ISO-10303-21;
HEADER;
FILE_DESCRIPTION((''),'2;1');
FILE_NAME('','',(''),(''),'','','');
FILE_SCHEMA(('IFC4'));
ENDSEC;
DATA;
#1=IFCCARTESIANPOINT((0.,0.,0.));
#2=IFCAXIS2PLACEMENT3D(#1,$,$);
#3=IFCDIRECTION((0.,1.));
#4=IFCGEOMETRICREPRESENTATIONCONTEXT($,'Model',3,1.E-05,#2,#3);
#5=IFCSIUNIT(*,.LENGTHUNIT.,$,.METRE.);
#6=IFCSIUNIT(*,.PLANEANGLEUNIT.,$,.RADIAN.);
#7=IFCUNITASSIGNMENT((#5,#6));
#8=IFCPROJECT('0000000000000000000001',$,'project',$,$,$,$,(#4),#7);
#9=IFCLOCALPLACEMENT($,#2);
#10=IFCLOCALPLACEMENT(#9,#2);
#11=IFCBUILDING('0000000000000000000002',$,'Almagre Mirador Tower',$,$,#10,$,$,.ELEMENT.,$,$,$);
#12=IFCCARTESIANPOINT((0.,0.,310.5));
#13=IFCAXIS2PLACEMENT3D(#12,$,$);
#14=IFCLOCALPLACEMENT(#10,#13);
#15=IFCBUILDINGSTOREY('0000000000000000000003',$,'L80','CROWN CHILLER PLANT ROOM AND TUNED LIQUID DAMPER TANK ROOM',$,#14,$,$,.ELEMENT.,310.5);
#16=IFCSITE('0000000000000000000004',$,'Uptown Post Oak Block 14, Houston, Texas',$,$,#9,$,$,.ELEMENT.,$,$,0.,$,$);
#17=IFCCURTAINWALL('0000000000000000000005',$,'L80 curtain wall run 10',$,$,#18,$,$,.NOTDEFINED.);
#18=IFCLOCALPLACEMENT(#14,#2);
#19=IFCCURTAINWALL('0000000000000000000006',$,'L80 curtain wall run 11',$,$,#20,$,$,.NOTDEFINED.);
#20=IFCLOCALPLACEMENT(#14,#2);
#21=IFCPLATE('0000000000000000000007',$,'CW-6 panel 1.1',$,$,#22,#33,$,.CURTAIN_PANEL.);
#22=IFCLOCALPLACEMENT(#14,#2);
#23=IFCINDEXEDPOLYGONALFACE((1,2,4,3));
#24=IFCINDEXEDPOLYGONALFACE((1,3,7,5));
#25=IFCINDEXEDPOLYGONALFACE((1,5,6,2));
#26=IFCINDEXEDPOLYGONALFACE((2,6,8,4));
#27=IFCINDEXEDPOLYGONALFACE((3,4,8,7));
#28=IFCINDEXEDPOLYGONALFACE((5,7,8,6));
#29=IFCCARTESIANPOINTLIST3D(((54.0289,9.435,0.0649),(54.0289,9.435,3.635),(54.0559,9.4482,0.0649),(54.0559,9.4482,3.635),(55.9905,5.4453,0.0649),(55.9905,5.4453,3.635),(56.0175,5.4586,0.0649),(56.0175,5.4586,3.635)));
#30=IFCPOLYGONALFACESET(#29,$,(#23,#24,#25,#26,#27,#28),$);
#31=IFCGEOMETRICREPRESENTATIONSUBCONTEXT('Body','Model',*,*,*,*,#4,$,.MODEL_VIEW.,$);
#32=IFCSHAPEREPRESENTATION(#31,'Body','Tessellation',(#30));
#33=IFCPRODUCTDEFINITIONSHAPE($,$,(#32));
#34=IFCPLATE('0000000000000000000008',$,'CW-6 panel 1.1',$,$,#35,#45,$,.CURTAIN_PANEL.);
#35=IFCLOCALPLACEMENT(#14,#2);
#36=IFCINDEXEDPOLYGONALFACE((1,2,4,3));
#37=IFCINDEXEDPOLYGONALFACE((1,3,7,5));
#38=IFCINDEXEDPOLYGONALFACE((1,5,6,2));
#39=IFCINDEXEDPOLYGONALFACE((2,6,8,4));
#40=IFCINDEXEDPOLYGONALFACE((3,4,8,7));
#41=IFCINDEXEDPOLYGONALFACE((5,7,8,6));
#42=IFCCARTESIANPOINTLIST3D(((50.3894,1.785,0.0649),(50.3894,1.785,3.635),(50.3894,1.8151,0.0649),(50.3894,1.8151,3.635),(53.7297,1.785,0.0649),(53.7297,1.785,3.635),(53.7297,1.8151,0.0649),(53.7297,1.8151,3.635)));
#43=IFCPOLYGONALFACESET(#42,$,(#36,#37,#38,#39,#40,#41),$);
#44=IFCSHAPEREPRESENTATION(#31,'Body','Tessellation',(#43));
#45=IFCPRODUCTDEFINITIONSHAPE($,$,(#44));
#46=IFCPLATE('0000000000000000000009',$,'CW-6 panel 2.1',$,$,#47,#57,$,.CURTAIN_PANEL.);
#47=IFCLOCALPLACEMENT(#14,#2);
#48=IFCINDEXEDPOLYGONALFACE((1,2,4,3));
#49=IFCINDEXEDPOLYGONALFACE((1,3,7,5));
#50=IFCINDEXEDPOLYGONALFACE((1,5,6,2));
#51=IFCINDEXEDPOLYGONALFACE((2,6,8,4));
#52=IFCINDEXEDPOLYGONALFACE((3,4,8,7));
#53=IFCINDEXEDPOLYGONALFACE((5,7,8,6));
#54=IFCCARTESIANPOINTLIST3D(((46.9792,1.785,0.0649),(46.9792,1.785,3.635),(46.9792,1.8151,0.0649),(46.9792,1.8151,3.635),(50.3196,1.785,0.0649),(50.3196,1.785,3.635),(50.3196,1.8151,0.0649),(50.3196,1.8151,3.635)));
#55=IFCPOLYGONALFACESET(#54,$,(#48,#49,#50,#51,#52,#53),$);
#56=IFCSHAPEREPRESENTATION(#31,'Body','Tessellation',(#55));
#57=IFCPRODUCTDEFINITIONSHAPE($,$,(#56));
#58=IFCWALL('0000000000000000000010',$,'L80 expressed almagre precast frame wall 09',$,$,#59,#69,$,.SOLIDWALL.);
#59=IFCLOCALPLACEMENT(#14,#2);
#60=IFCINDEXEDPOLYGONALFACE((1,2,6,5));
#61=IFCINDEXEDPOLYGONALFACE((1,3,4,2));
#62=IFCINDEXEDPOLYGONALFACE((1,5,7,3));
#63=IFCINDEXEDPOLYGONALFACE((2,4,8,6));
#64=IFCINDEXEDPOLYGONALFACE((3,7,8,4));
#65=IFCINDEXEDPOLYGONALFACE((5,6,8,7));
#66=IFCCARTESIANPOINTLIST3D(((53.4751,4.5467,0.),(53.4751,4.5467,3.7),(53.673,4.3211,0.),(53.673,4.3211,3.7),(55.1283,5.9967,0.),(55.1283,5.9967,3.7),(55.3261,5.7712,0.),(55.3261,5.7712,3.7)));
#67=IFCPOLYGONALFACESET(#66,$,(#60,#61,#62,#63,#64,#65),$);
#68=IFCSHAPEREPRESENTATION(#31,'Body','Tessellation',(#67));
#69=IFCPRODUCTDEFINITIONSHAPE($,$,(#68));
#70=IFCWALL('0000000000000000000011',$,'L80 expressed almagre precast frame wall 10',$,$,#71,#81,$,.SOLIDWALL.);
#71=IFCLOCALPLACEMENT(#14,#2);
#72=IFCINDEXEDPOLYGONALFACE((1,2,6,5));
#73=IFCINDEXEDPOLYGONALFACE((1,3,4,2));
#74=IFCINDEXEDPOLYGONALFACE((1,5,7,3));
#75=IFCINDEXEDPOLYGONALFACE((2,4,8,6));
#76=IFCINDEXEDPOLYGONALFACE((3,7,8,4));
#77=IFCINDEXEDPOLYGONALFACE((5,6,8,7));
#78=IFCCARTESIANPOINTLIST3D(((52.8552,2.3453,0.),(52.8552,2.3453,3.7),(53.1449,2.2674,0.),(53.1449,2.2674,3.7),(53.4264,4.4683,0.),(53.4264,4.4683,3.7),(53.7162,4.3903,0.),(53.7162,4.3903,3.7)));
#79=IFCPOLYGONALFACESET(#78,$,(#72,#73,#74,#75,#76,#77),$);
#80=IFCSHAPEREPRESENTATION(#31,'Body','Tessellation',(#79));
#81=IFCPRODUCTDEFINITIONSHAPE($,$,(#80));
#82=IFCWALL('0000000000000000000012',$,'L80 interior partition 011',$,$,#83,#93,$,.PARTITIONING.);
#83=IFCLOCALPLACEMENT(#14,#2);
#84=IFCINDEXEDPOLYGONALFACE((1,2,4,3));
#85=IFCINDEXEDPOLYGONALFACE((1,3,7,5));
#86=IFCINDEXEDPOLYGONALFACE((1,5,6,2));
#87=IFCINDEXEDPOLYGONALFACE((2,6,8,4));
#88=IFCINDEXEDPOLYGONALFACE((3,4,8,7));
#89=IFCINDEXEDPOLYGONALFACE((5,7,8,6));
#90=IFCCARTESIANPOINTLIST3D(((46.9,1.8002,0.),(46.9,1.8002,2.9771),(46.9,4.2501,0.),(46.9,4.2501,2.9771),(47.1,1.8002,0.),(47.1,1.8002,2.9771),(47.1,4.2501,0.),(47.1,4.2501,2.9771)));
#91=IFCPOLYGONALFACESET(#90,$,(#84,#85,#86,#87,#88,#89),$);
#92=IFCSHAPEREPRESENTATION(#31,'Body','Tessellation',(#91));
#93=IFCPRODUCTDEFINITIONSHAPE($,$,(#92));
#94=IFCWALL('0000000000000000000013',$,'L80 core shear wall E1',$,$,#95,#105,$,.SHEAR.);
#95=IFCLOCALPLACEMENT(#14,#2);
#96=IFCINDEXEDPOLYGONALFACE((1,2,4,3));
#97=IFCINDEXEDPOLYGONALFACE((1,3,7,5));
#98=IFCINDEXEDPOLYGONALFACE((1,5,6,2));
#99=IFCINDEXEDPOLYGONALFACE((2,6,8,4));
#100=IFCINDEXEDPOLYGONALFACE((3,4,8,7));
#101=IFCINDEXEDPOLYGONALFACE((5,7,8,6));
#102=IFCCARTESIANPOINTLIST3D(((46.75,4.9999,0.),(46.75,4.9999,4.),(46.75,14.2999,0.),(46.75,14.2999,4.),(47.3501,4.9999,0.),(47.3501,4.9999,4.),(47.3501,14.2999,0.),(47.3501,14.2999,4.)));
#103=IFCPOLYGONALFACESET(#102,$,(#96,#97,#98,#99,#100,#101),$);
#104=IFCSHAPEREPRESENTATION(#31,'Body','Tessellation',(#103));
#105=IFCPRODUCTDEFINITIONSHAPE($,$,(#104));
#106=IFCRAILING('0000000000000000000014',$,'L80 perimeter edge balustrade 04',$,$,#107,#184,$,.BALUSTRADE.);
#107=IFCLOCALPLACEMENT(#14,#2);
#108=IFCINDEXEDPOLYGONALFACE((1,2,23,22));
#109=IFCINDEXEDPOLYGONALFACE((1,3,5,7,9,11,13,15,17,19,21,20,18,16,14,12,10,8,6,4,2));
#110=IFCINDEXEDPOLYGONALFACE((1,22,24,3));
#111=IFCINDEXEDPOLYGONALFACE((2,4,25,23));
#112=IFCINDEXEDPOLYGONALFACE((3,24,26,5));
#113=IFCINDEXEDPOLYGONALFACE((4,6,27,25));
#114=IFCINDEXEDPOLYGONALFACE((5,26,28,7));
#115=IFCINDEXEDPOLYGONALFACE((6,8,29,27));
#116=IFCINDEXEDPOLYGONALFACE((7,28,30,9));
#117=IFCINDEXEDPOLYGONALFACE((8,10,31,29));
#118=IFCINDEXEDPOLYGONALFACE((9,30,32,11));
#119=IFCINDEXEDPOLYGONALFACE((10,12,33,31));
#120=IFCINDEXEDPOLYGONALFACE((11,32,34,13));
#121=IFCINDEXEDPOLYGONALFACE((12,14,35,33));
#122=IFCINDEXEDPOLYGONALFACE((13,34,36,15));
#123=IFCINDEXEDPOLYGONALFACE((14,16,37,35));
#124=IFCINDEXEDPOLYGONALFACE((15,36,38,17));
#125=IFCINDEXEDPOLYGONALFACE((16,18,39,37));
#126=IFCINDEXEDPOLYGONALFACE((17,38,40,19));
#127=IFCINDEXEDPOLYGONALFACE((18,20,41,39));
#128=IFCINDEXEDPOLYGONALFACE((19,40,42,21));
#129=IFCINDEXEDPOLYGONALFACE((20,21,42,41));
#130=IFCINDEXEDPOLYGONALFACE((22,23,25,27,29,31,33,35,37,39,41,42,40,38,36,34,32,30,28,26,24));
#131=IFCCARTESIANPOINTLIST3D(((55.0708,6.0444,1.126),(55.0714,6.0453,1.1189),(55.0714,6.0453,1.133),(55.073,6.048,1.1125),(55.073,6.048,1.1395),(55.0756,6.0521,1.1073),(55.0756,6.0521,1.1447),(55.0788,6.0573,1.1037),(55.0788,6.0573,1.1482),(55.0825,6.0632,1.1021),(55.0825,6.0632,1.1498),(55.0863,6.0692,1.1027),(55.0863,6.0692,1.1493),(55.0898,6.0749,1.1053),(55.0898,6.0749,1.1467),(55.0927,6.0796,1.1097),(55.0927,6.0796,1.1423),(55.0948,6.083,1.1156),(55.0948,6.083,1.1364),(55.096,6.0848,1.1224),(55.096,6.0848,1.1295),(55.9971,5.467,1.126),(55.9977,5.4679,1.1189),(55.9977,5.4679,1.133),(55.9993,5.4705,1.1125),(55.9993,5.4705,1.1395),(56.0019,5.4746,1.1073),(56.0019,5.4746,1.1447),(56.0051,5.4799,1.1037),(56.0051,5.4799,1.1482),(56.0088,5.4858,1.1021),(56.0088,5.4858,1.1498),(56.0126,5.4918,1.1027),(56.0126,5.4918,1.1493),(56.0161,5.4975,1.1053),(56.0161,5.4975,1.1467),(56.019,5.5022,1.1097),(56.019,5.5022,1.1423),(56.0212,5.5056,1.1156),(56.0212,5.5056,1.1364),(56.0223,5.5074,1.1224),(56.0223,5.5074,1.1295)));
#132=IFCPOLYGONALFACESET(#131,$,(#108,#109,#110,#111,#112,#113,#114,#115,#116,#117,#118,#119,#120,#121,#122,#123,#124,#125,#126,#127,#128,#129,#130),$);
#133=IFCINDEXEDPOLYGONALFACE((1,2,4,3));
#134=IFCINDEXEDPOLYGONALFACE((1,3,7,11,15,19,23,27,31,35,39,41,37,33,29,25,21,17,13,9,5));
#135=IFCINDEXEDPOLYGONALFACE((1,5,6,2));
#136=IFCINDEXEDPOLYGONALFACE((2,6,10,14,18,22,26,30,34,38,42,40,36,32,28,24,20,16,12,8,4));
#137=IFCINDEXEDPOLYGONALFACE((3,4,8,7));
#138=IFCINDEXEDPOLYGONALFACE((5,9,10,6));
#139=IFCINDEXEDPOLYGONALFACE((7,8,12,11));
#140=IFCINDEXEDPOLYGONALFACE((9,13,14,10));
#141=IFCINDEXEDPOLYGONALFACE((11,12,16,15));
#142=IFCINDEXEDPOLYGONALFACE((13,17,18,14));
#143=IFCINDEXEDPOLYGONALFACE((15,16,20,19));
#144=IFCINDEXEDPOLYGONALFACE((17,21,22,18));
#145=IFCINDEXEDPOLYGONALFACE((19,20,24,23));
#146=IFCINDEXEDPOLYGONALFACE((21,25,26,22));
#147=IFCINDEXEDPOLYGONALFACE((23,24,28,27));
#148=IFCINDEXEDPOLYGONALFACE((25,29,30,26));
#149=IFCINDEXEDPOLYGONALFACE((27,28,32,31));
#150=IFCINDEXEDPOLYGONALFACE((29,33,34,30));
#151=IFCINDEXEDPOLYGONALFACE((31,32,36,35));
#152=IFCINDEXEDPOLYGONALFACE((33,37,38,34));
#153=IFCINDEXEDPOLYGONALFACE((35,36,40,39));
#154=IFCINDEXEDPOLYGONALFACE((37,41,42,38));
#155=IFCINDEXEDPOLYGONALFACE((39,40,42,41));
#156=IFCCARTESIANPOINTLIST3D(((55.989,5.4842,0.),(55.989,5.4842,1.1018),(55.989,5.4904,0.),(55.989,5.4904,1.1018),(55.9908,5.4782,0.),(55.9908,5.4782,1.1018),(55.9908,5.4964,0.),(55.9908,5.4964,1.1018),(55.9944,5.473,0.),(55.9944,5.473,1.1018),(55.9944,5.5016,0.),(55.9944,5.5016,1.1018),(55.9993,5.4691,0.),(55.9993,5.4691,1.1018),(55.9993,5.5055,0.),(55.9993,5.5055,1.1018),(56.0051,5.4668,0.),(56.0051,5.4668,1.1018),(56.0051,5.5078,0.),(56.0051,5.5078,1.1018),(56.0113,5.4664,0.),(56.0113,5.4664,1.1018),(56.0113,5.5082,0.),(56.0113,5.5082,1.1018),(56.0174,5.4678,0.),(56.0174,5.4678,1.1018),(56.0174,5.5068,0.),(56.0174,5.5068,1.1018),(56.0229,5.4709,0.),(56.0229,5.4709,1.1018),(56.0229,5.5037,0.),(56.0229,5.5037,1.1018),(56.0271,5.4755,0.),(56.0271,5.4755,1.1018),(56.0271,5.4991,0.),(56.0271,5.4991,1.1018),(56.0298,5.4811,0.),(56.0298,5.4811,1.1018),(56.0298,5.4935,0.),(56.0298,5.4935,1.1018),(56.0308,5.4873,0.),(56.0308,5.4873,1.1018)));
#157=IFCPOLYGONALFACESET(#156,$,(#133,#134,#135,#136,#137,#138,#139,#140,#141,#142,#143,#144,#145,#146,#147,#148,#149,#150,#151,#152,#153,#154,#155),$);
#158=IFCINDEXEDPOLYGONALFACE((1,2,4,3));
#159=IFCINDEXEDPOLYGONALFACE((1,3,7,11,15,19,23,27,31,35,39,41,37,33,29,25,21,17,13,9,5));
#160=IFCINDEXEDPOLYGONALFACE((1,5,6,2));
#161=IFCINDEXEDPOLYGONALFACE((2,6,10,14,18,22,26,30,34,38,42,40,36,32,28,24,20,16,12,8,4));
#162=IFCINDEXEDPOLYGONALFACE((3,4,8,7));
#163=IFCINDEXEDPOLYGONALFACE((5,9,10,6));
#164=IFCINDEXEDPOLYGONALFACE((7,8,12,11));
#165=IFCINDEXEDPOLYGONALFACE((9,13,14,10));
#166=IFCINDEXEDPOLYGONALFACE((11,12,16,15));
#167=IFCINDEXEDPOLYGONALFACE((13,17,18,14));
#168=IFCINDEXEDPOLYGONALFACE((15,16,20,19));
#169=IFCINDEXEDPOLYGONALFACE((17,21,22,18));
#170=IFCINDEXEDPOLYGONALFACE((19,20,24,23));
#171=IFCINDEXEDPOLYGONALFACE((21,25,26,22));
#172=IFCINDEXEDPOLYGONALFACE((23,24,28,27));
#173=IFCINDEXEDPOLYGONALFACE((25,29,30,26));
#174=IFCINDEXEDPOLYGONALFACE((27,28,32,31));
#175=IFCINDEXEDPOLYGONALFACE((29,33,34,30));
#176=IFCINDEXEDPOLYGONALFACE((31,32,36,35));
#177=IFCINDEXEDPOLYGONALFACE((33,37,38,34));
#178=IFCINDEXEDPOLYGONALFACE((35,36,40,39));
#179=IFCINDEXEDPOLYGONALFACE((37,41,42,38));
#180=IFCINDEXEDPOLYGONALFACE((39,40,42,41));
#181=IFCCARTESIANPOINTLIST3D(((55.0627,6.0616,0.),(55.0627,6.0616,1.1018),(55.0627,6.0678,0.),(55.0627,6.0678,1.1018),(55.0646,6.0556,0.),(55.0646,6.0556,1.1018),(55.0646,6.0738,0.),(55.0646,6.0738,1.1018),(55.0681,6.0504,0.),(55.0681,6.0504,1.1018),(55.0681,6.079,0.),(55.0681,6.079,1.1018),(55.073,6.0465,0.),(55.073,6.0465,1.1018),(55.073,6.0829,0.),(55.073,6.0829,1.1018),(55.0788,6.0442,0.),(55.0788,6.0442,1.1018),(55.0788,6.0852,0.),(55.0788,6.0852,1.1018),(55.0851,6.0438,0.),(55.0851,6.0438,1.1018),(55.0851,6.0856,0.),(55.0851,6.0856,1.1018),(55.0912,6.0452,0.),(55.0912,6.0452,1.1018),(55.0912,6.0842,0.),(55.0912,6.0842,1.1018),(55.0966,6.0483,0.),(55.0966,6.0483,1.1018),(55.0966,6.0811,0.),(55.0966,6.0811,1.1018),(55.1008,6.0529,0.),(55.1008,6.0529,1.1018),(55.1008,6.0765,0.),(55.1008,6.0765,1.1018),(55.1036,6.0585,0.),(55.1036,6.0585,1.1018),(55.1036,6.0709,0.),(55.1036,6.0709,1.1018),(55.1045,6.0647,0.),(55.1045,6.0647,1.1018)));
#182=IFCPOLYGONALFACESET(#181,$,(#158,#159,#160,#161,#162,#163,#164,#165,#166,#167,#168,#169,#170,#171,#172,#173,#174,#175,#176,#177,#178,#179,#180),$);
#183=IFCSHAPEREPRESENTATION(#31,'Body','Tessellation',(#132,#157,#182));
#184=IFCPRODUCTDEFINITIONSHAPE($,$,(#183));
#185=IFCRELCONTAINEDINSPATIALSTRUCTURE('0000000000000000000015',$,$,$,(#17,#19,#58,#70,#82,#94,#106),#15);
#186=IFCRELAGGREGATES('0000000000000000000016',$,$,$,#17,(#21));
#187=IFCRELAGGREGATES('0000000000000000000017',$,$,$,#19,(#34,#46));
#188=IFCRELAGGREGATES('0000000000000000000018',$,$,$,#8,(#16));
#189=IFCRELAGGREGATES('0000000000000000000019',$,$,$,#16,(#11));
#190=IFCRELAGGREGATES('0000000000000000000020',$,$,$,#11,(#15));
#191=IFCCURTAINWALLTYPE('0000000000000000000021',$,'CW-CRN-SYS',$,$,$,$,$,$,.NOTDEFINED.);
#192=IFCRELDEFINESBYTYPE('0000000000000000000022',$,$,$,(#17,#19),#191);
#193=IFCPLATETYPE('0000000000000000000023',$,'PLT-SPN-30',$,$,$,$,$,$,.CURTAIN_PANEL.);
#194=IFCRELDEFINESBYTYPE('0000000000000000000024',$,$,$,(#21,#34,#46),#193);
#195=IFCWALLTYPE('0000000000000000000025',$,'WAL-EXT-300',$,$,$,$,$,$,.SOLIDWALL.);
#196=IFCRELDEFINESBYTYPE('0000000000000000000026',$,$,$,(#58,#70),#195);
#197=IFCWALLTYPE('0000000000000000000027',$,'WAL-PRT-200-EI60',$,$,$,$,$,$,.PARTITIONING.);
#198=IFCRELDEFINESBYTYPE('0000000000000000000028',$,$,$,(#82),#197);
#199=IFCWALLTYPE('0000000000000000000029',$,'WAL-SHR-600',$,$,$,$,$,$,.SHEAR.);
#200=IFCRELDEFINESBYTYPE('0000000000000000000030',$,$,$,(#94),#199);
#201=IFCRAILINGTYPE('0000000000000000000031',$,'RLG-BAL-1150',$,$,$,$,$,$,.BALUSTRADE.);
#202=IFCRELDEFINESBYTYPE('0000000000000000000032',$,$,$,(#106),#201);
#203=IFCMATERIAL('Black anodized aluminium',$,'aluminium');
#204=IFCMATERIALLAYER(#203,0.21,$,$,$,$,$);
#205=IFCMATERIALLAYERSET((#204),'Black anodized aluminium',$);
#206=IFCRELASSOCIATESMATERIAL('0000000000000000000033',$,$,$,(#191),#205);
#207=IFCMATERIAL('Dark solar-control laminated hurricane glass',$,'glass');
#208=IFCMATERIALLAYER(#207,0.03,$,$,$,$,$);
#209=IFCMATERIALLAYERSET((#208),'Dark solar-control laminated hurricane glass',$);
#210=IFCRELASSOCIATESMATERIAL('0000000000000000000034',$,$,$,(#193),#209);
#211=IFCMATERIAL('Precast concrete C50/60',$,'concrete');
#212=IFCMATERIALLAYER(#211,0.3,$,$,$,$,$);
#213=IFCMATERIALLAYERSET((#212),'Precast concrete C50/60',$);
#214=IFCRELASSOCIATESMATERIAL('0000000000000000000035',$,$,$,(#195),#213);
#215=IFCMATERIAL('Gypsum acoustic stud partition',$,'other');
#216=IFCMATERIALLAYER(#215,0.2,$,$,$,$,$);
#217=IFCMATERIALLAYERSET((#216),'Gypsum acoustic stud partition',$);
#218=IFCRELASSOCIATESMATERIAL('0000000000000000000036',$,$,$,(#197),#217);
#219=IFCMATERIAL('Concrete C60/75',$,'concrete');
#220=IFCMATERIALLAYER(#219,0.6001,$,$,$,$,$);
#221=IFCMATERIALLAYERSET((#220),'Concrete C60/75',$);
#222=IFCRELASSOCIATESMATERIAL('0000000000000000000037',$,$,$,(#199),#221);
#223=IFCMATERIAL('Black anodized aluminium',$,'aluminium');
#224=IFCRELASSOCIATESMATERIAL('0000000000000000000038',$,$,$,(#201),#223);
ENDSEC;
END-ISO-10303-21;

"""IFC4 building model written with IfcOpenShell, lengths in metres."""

from ifc_helpers import new_model, si_unit, direction, frame, frame_2d, origin, origin_2d, place, context, subcontext, project, spatial, rectangle, circle, extrude, material, layer, layer_set, type_object, element, aggregate, save


model = new_model("IFC4")

# Units and contexts
model_context = context("Model", 3, precision=1e-05, world=origin(), true_north=direction((0.0, 1.0)))
body_context = subcontext(model_context, "Body", "Model", "MODEL_VIEW")
ifc_project = project(units=[si_unit("LENGTHUNIT", "METRE"), si_unit("PLANEANGLEUNIT", "RADIAN")], contexts=[model_context])

# Site, building, storey
site_placement = place(None, origin())
site = spatial("IfcSite", under=ifc_project, at=site_placement, Name="Uptown Post Oak Block 14, Houston, Texas", CompositionType="ELEMENT", RefElevation=0.0)
building_placement = place(site_placement, origin())
building = spatial("IfcBuilding", under=site, at=building_placement, Name="Almagre Mirador Tower", CompositionType="ELEMENT")
storey_placement = place(building_placement, frame((0.0, 0.0, 310.5)))
storey = spatial("IfcBuildingStorey", under=building, at=storey_placement, Name="L80", Description="CROWN CHILLER PLANT ROOM AND TUNED LIQUID DAMPER TANK ROOM", CompositionType="ELEMENT", Elevation=310.5)

# Shared definitions
ifc_material_1 = material(Name="Black anodized aluminium", Category="aluminium")
ifc_layer_1 = layer(ifc_material_1, 0.21)
ifc_layer_set_1 = layer_set([ifc_layer_1], Name="Black anodized aluminium")
curtain_wall_type = type_object("IfcCurtainWallType", Name="CW-CRN-SYS", PredefinedType="NOTDEFINED", material=ifc_layer_set_1)

# Curtain walls
curtain_wall_1_placement = place(storey_placement, origin())
curtain_wall_1 = element("IfcCurtainWall", 1, at=curtain_wall_1_placement, inside=storey, type_object=curtain_wall_type, Name="L80 curtain wall run 10", PredefinedType="NOTDEFINED")
curtain_wall_2_placement = place(storey_placement, origin())
curtain_wall_2 = element("IfcCurtainWall", 2, at=curtain_wall_2_placement, inside=storey, type_object=curtain_wall_type, Name="L80 curtain wall run 11", PredefinedType="NOTDEFINED")

# Plates
ifc_material_2 = material(Name="Dark solar-control laminated hurricane glass", Category="glass")
ifc_layer_2 = layer(ifc_material_2, 0.03)
ifc_layer_set_2 = layer_set([ifc_layer_2], Name="Dark solar-control laminated hurricane glass")
plate_type = type_object("IfcPlateType", Name="PLT-SPN-30", PredefinedType="CURTAIN_PANEL", material=ifc_layer_set_2)
plate_1_placement = place(storey_placement, frame((55.0232, 7.4468, 0.0649), z_axis=(0.0, 0.0, 1.0), x_axis=(0.441229, -0.897395, 0.0)))
plate_1 = element("IfcPlate", 3, at=plate_1_placement, type_object=plate_type, Name="CW-6 panel 1.1", PredefinedType="CURTAIN_PANEL", context=body_context, shape_type="SweptSolid", body=[
    extrude(rectangle(XDim=4.4458, YDim=0.03, at=origin_2d()), origin(), (0.0, 0.0, 1.0), 3.5701),
])
aggregate(curtain_wall_1, [plate_1])
plate_2_placement = place(storey_placement, frame((52.0596, 1.8, 0.0649), z_axis=(0.0, 0.0, 1.0), x_axis=(-1.0, 0.0, 0.0)))
plate_2 = element("IfcPlate", 4, at=plate_2_placement, type_object=plate_type, Name="CW-6 panel 1.1", PredefinedType="CURTAIN_PANEL", context=body_context, shape_type="SweptSolid", body=[
    extrude(rectangle(XDim=3.3403, YDim=0.03, at=origin_2d()), origin(), (0.0, 0.0, 1.0), 3.5701),
])
plate_3_placement = place(storey_placement, frame((48.6494, 1.8, 0.0649), z_axis=(0.0, 0.0, 1.0), x_axis=(-1.0, 0.0, 0.0)))
plate_3 = element("IfcPlate", 5, at=plate_3_placement, type_object=plate_type, Name="CW-6 panel 2.1", PredefinedType="CURTAIN_PANEL", context=body_context, shape_type="SweptSolid", body=[
    extrude(rectangle(XDim=3.3403, YDim=0.03, at=origin_2d()), origin(), (0.0, 0.0, 1.0), 3.5701),
])
aggregate(curtain_wall_2, [plate_2, plate_3])

# Walls
ifc_material_3 = material(Name="Precast concrete C50/60", Category="concrete")
ifc_layer_3 = layer(ifc_material_3, 0.3)
ifc_layer_set_3 = layer_set([ifc_layer_3], Name="Precast concrete C50/60")
wall_type_1 = type_object("IfcWallType", Name="WAL-EXT-300", PredefinedType="SOLIDWALL", material=ifc_layer_set_3)
wall_1_placement = place(storey_placement, frame((55.2273, 5.884, 0.0), z_axis=(0.0, 0.0, 1.0), x_axis=(-0.751785, -0.659408, 0.0)))
element("IfcWall", 6, at=wall_1_placement, inside=storey, type_object=wall_type_1, Name="L80 expressed almagre precast frame wall 09", PredefinedType="SOLIDWALL", context=body_context, shape_type="SweptSolid", body=[
    extrude(rectangle(XDim=2.199, YDim=0.3, at=frame_2d((1.0996, 0.0))), origin(), (0.0, 0.0, 1.0), 3.7),
])
wall_2_placement = place(storey_placement, frame((53.5713, 4.4292, 0.0), z_axis=(0.0, 0.0, 1.0), x_axis=(-0.259846, -0.96565, 0.0)))
element("IfcWall", 7, at=wall_2_placement, inside=storey, type_object=wall_type_1, Name="L80 expressed almagre precast frame wall 10", PredefinedType="SOLIDWALL", context=body_context, shape_type="SweptSolid", body=[
    extrude(rectangle(XDim=2.1985, YDim=0.3, at=frame_2d((1.0991, 0.0))), origin(), (0.0, 0.0, 1.0), 3.7),
])
ifc_material_4 = material(Name="Gypsum acoustic stud partition", Category="other")
ifc_layer_4 = layer(ifc_material_4, 0.2)
ifc_layer_set_4 = layer_set([ifc_layer_4], Name="Gypsum acoustic stud partition")
wall_type_2 = type_object("IfcWallType", Name="WAL-PRT-200-EI60", PredefinedType="PARTITIONING", material=ifc_layer_set_4)
wall_3_placement = place(storey_placement, frame((47.0, 1.8, 0.0), z_axis=(0.0, 0.0, 1.0), x_axis=(0.0, 1.0, 0.0)))
element("IfcWall", 8, at=wall_3_placement, inside=storey, type_object=wall_type_2, Name="L80 interior partition 011", PredefinedType="PARTITIONING", context=body_context, shape_type="SweptSolid", body=[
    extrude(rectangle(XDim=2.45, YDim=0.2, at=frame_2d((1.2251, 0.0))), origin(), (0.0, 0.0, 1.0), 2.9771),
])
ifc_material_5 = material(Name="Concrete C60/75", Category="concrete")
ifc_layer_5 = layer(ifc_material_5, 0.6001)
ifc_layer_set_5 = layer_set([ifc_layer_5], Name="Concrete C60/75")
wall_type_3 = type_object("IfcWallType", Name="WAL-SHR-600", PredefinedType="SHEAR", material=ifc_layer_set_5)
wall_4_placement = place(storey_placement, frame((47.05, 5.0, 0.0), z_axis=(0.0, 0.0, 1.0), x_axis=(0.0, 1.0, 0.0)))
element("IfcWall", 9, at=wall_4_placement, inside=storey, type_object=wall_type_3, Name="L80 core shear wall E1", PredefinedType="SHEAR", context=body_context, shape_type="SweptSolid", body=[
    extrude(rectangle(XDim=9.3, YDim=0.6001, at=frame_2d((4.6499, 0.0))), origin(), (0.0, 0.0, 1.0), 4.0),
])

# Railing
ifc_material_6 = material(Name="Black anodized aluminium", Category="aluminium")
railing_type = type_object("IfcRailingType", Name="RLG-BAL-1150", PredefinedType="BALUSTRADE", material=ifc_material_6)
railing_1_placement = place(storey_placement, frame((56.0098, 5.4873, 0.0)))
element("IfcRailing", 10, at=railing_1_placement, inside=storey, type_object=railing_type, Name="L80 perimeter edge balustrade 04", PredefinedType="BALUSTRADE", context=body_context, shape_type="SweptSolid", body=[
    extrude(circle(Radius=0.0239, at=origin_2d()), frame((0.0, 0.0, 1.126), z_axis=(-0.848626, 0.528993, 0.0), x_axis=(-0.528993, -0.848626, 0.0)), (0.0, 0.0, 1.0), 1.0916),
    extrude(circle(Radius=0.021, at=origin_2d()), origin(), (0.0, 0.0, 1.0), 1.1018),
    extrude(circle(Radius=0.021, at=origin_2d()), frame((-0.9263, 0.5774, 0.0)), (0.0, 0.0, 1.0), 1.1018),
])

save(model, "model.ifc")
